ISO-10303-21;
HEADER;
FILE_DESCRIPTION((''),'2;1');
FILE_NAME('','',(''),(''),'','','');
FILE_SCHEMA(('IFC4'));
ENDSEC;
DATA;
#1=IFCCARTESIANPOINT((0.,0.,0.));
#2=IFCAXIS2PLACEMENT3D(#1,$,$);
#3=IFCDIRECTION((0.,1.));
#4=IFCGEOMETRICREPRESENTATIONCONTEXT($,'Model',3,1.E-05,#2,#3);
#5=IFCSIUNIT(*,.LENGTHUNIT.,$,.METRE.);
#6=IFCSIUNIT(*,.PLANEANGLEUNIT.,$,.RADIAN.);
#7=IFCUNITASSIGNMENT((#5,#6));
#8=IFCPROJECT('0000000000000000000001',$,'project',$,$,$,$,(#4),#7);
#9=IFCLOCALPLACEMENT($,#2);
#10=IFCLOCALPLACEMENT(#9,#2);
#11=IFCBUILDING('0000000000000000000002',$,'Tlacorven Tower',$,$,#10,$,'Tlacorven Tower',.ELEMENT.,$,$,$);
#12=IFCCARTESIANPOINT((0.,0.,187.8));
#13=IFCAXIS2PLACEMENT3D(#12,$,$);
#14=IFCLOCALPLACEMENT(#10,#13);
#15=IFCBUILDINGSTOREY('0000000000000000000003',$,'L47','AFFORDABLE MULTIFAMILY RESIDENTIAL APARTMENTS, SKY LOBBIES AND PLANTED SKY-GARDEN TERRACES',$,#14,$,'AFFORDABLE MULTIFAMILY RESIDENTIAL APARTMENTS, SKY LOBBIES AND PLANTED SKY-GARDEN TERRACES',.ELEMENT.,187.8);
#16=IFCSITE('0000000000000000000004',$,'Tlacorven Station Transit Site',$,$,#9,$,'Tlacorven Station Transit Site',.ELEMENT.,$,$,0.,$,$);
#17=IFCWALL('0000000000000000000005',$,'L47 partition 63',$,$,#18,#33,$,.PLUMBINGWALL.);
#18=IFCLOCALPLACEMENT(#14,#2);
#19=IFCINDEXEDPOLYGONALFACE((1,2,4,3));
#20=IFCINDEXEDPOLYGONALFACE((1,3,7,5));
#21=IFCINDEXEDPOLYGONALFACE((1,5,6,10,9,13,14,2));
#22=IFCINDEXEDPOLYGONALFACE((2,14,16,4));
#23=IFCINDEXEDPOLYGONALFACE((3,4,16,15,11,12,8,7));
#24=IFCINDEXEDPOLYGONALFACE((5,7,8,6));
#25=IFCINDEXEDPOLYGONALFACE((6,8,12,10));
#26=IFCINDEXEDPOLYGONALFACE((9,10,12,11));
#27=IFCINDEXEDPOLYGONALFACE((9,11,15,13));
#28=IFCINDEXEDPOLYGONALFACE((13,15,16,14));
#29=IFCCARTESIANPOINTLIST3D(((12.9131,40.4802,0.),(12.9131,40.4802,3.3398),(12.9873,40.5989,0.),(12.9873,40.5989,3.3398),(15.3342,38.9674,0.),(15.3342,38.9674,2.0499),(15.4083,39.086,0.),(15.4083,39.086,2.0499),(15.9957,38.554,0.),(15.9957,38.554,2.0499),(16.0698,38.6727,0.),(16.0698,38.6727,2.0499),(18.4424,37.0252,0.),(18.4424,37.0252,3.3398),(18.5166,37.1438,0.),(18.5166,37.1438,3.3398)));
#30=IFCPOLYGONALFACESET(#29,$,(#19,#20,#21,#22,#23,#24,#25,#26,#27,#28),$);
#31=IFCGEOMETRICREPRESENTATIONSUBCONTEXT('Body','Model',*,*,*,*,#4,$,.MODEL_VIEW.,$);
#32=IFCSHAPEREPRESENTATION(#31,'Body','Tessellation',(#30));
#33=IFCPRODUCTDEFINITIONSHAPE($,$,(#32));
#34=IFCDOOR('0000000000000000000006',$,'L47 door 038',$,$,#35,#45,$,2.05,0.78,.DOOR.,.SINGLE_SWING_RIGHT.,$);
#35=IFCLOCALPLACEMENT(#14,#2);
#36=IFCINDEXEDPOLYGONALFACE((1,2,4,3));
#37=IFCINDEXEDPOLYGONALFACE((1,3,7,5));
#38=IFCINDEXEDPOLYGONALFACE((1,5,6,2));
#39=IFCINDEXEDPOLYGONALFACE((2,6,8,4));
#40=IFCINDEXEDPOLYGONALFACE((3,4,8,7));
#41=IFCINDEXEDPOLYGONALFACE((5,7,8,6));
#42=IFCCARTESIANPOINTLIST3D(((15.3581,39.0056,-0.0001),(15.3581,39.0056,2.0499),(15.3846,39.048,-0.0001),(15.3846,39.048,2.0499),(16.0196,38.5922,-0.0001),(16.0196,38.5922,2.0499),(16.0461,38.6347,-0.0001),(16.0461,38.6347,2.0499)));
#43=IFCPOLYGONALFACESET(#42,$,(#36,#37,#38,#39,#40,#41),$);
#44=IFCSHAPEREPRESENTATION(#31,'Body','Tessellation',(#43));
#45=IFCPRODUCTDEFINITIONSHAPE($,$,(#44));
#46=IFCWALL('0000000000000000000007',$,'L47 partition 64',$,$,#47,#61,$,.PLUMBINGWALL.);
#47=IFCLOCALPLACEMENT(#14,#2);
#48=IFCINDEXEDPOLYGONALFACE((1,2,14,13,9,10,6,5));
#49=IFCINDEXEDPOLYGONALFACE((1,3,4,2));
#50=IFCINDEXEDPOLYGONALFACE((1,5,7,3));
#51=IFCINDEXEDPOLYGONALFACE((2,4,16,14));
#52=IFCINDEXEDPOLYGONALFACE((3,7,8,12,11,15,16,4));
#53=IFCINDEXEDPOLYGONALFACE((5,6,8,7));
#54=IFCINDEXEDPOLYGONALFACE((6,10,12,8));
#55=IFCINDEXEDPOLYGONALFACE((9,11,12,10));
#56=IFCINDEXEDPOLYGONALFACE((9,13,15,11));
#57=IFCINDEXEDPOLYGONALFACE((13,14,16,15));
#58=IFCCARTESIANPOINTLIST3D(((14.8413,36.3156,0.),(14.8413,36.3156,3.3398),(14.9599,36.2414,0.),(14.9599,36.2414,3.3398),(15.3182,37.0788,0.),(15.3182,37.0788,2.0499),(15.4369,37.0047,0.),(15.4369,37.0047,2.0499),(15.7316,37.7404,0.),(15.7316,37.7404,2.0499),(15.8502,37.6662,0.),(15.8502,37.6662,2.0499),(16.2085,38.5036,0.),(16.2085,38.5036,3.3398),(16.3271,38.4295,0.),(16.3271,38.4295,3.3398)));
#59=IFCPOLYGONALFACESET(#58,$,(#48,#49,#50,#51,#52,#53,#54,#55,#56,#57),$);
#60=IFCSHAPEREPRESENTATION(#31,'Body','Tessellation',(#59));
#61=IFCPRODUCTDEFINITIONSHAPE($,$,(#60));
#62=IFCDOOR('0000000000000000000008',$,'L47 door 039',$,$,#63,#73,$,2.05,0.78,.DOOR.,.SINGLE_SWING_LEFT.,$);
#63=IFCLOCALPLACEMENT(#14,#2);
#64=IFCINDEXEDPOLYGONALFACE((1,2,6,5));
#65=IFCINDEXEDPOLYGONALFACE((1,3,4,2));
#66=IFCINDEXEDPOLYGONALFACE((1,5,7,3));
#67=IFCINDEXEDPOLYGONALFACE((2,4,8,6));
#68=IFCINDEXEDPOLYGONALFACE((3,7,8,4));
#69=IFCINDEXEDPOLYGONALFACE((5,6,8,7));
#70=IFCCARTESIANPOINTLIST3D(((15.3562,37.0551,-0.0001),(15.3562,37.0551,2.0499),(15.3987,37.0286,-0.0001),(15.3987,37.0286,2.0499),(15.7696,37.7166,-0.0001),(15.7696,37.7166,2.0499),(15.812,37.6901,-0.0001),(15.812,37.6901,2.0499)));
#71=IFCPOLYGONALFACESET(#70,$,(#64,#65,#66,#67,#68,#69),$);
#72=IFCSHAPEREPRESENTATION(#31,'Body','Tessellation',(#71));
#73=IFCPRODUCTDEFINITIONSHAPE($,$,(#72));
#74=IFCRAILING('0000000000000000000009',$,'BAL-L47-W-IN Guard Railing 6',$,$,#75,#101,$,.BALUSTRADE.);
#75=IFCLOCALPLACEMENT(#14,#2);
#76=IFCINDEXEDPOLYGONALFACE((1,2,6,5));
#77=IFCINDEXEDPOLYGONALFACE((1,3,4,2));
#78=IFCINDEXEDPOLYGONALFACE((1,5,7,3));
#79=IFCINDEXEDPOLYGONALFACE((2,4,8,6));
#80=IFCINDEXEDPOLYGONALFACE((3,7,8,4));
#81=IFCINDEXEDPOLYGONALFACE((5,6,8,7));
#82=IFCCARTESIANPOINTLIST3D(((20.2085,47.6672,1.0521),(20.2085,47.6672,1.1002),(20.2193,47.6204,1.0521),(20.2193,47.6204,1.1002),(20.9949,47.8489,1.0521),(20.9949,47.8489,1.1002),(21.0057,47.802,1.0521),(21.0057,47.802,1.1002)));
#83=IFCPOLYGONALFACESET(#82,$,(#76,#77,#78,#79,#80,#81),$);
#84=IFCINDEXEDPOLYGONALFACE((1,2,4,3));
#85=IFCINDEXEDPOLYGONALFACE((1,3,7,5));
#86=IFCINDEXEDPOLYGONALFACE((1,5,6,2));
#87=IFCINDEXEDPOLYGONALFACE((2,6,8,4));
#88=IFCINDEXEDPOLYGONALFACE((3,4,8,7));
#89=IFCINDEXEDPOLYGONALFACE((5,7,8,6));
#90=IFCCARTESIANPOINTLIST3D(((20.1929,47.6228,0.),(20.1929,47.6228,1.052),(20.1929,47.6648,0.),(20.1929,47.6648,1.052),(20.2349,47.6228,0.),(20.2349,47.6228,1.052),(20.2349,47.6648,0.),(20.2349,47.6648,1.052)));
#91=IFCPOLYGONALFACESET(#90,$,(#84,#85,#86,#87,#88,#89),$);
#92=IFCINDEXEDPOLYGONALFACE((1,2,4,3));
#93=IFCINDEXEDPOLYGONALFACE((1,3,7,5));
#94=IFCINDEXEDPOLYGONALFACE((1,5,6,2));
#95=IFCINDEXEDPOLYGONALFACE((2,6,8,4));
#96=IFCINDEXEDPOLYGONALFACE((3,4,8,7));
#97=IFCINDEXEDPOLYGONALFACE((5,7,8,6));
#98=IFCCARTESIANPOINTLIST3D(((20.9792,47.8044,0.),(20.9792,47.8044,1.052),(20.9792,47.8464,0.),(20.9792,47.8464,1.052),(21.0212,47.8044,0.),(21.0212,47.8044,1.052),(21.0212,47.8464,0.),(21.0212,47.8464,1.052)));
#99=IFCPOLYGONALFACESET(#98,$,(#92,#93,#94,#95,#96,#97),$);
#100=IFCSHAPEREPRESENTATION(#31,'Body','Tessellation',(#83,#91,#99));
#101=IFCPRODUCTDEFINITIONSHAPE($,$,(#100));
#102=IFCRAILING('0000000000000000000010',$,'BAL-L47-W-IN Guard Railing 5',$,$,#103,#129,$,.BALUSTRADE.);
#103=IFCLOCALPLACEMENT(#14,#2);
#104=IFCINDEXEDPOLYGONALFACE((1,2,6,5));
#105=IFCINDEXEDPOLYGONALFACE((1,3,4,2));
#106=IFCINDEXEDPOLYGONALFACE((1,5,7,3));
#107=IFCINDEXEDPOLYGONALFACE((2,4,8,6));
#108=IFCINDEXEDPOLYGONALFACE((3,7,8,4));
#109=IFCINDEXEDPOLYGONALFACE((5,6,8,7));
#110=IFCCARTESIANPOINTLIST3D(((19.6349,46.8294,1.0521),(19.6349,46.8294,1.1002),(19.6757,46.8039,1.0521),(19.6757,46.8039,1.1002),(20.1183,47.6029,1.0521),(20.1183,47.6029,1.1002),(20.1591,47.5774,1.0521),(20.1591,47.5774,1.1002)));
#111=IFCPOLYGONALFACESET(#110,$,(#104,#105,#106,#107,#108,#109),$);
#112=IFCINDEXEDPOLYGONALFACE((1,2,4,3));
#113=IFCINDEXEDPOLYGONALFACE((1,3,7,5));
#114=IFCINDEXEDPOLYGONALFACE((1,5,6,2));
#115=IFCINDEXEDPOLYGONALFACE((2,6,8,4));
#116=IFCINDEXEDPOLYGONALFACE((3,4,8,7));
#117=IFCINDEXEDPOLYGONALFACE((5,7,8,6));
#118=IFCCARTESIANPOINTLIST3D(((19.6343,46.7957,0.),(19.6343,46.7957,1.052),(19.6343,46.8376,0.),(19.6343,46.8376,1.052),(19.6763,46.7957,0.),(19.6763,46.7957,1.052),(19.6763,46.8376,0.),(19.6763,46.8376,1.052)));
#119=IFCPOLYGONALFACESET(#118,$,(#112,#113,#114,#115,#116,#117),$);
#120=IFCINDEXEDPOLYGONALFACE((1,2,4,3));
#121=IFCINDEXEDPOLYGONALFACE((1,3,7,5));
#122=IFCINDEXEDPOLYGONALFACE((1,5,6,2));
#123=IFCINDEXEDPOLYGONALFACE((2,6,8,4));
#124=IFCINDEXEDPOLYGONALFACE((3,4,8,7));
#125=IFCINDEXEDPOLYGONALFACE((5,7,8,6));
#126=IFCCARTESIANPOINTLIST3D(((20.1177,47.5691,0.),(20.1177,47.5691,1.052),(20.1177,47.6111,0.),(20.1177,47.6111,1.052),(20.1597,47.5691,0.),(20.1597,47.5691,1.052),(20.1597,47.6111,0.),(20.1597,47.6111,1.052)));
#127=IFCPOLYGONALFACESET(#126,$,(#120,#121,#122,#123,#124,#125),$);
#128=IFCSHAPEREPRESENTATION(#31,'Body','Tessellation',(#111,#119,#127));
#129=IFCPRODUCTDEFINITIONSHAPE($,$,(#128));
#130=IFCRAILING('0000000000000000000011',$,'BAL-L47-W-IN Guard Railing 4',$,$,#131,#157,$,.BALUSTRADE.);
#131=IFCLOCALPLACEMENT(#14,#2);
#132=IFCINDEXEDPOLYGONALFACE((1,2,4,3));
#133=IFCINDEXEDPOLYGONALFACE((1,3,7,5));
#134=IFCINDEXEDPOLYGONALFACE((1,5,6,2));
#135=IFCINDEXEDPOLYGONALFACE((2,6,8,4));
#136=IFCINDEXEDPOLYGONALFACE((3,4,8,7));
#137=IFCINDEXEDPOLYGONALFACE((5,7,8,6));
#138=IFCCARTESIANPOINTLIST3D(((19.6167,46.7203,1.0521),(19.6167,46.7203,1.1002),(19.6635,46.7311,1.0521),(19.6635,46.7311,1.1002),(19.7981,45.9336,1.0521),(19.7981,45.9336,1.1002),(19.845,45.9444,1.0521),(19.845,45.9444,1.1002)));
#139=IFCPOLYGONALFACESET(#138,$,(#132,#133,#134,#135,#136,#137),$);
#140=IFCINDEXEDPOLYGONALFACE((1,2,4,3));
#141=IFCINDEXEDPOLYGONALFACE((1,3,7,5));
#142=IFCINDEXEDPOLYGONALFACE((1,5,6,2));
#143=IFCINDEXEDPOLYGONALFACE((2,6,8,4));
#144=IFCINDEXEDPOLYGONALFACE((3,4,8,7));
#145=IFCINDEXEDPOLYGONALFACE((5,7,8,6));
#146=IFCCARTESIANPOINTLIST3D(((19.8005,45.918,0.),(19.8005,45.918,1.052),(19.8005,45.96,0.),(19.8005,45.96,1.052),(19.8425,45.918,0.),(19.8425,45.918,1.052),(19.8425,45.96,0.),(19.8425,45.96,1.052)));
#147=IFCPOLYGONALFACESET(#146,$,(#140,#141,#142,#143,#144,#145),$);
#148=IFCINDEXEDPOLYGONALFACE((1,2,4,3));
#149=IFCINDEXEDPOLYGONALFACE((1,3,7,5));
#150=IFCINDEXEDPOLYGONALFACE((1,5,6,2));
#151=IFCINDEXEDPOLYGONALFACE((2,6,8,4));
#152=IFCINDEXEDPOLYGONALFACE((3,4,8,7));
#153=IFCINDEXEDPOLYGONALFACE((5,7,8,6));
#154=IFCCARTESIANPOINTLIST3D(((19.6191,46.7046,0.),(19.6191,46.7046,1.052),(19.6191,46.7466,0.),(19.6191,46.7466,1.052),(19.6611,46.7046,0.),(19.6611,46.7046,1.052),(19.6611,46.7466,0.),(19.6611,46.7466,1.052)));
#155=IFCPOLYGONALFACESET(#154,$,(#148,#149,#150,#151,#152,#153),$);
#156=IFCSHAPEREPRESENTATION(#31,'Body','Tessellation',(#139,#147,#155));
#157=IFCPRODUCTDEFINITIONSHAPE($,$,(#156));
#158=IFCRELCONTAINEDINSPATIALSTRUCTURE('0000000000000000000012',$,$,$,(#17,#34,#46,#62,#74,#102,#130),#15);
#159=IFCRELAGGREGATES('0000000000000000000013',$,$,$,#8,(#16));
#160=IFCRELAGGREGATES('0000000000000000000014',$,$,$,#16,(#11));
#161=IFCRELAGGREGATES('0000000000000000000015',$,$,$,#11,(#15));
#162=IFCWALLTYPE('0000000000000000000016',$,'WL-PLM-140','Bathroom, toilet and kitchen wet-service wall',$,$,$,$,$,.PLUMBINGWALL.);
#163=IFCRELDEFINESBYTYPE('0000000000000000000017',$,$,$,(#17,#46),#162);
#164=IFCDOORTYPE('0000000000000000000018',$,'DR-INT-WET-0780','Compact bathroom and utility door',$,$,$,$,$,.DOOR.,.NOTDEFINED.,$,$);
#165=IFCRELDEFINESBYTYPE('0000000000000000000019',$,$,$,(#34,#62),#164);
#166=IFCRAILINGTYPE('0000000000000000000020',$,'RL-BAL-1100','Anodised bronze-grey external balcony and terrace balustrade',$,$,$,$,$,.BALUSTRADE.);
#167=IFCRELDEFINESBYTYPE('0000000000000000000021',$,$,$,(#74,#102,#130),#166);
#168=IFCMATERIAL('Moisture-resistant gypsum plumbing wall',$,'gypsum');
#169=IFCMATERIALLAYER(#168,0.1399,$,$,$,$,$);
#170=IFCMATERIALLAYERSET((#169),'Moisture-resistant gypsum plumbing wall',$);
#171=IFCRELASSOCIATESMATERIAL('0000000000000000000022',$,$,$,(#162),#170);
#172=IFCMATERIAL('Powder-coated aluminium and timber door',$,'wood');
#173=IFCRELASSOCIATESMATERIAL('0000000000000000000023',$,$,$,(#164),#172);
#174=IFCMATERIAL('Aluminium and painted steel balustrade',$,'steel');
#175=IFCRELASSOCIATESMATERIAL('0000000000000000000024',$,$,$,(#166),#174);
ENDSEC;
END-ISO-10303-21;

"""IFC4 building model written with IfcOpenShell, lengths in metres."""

from ifc_helpers import new_model, si_unit, direction, frame, frame_2d, origin, origin_2d, place, context, subcontext, project, spatial, rectangle, extrude, source, transform, mapped, material, layer, layer_set, type_object, element, fill, save


model = new_model("IFC4")

# Units and contexts
model_context = context("Model", 3, precision=1e-05, world=origin(), true_north=direction((0.0, 1.0)))
body_context = subcontext(model_context, "Body", "Model", "MODEL_VIEW")
ifc_project = project(units=[si_unit("LENGTHUNIT", "METRE"), si_unit("PLANEANGLEUNIT", "RADIAN")], contexts=[model_context])

# Site, building, storey
site_placement = place(None, origin())
site = spatial("IfcSite", under=ifc_project, at=site_placement, Name="Tlacorven Station Transit Site", LongName="Tlacorven Station Transit Site", CompositionType="ELEMENT", RefElevation=0.0)
building_placement = place(site_placement, origin())
building = spatial("IfcBuilding", under=site, at=building_placement, Name="Tlacorven Tower", LongName="Tlacorven Tower", CompositionType="ELEMENT")
storey_placement = place(building_placement, frame((0.0, 0.0, 187.8)))
storey = spatial("IfcBuildingStorey", under=building, at=storey_placement, Name="L47", Description="AFFORDABLE MULTIFAMILY RESIDENTIAL APARTMENTS, SKY LOBBIES AND PLANTED SKY-GARDEN TERRACES", LongName="AFFORDABLE MULTIFAMILY RESIDENTIAL APARTMENTS, SKY LOBBIES AND PLANTED SKY-GARDEN TERRACES", CompositionType="ELEMENT", Elevation=187.8)

# Shared definitions
ifc_material_1 = material(Name="Powder-coated aluminium and timber door", Category="wood")

# Walls, openings, doors
ifc_material_2 = material(Name="Moisture-resistant gypsum plumbing wall", Category="gypsum")
ifc_layer_1 = layer(ifc_material_2, 0.1399)
ifc_layer_set_1 = layer_set([ifc_layer_1], Name="Moisture-resistant gypsum plumbing wall")
wall_type_1 = type_object("IfcWallType", Name="WL-PLM-140", Description="Bathroom, toilet and kitchen wet-service wall", PredefinedType="PLUMBINGWALL", material=ifc_layer_set_1)
wall_1_placement = place(storey_placement, frame((18.4795, 37.0845, 0.0), z_axis=(0.0, 0.0, 1.0), x_axis=(-0.848049, 0.529918, 0.0)))
wall_1 = element("IfcWall", 1, at=wall_1_placement, inside=storey, type_object=wall_type_1, Name="L47 partition 63", PredefinedType="PLUMBINGWALL", context=body_context, shape_type="SweptSolid", body=[
    extrude(rectangle(XDim=6.52, YDim=0.1399, at=frame_2d((3.26, 0.0))), origin(), (0.0, 0.0, 1.0), 3.3398),
])
opening_1_placement = place(wall_1_placement, frame((2.885, 0.0, 0.0)))
opening_1 = element("IfcOpeningElement", 2, at=opening_1_placement, cuts=wall_1, PredefinedType="OPENING", context=body_context, shape_type="SweptSolid", body=[
    extrude(rectangle(XDim=0.78, YDim=2.05, at=frame_2d((0.3901, 1.0249))), frame((0.0, 0.0801, 0.0), z_axis=(0.0, -1.0, 0.0), x_axis=(1.0, 0.0, 0.0)), (0.0, 0.0, 1.0), 0.1599),
])
door_type_1 = type_object("IfcDoorType", Name="DR-INT-WET-0780", Description="Compact bathroom and utility door", OperationType="NOTDEFINED", PredefinedType="DOOR", material=ifc_material_1)
shared_shape_1 = source(origin(), body_context, "Body", "SweptSolid", [
    extrude(rectangle(XDim=0.78, YDim=2.05, at=frame_2d((0.3901, 1.0249))), frame((0.0, 0.0249, 0.0), z_axis=(0.0, -1.0, 0.0), x_axis=(1.0, 0.0, 0.0)), (0.0, 0.0, 1.0), 0.05),
])
door_1_placement = place(opening_1_placement, origin())
door_1 = element("IfcDoor", 3, at=door_1_placement, inside=storey, type_object=door_type_1, Name="L47 door 038", OperationType="SINGLE_SWING_RIGHT", OverallHeight=2.05, OverallWidth=0.78, PredefinedType="DOOR", context=body_context, shape_type="MappedRepresentation", body=[
    mapped(shared_shape_1, transform((0.0, 0.0, 0.0), scale=1.0)),
])
fill(opening_1, door_1)
wall_2_placement = place(storey_placement, frame((16.2678, 38.4666, 0.0), z_axis=(0.0, 0.0, 1.0), x_axis=(-0.529914, -0.848051, 0.0)))
wall_2 = element("IfcWall", 4, at=wall_2_placement, inside=storey, type_object=wall_type_1, Name="L47 partition 64", PredefinedType="PLUMBINGWALL", context=body_context, shape_type="SweptSolid", body=[
    extrude(rectangle(XDim=2.5801, YDim=0.1399, at=frame_2d((1.29, 0.0))), origin(), (0.0, 0.0, 1.0), 3.3398),
])
opening_2_placement = place(wall_2_placement, frame((0.8999, 0.0, 0.0)))
opening_2 = element("IfcOpeningElement", 5, at=opening_2_placement, cuts=wall_2, PredefinedType="OPENING", context=body_context, shape_type="SweptSolid", body=[
    extrude(rectangle(XDim=0.78, YDim=2.05, at=frame_2d((0.3901, 1.0249))), frame((0.0, 0.0801, 0.0), z_axis=(0.0, -1.0, 0.0), x_axis=(1.0, 0.0, 0.0)), (0.0, 0.0, 1.0), 0.1599),
])
door_2_placement = place(opening_2_placement, origin())
door_2 = element("IfcDoor", 6, at=door_2_placement, inside=storey, type_object=door_type_1, Name="L47 door 039", OperationType="SINGLE_SWING_LEFT", OverallHeight=2.05, OverallWidth=0.78, PredefinedType="DOOR", context=body_context, shape_type="MappedRepresentation", body=[
    mapped(shared_shape_1, transform((0.0, 0.0, 0.0), scale=1.0)),
])
fill(opening_2, door_2)

# Railings
ifc_material_3 = material(Name="Aluminium and painted steel balustrade", Category="steel")
railing_type = type_object("IfcRailingType", Name="RL-BAL-1100", Description="Anodised bronze-grey external balcony and terrace balustrade", PredefinedType="BALUSTRADE", material=ifc_material_3)
shared_shape_2 = source(origin(), body_context, "Body", "SweptSolid", [
    extrude(rectangle(XDim=0.0481, YDim=0.0481, at=origin_2d()), frame((0.0, 0.0, 1.0762), z_axis=(0.974345, 0.225058, 0.0), x_axis=(-0.225058, 0.974345, 0.0)), (0.0, 0.0, 1.0), 0.8071),
    extrude(rectangle(XDim=0.042, YDim=0.042, at=origin_2d()), origin(), (0.0, 0.0, 1.0), 1.052),
    extrude(rectangle(XDim=0.042, YDim=0.042, at=origin_2d()), frame((0.7864, 0.1816, 0.0)), (0.0, 0.0, 1.0), 1.052),
])
railing_1_placement = place(storey_placement, frame((20.2139, 47.6438, 0.0)))
element("IfcRailing", 7, at=railing_1_placement, inside=storey, type_object=railing_type, Name="BAL-L47-W-IN Guard Railing 6", PredefinedType="BALUSTRADE", context=body_context, shape_type="MappedRepresentation", body=[
    mapped(shared_shape_2, transform((0.0, 0.0, 0.0), scale=1.0)),
])
shared_shape_3 = source(origin(), body_context, "Body", "SweptSolid", [
    extrude(rectangle(XDim=0.0481, YDim=0.0481, at=origin_2d()), frame((0.0, 0.0, 1.0762), z_axis=(0.529999, 0.847998, 0.0), x_axis=(-0.847998, 0.529999, 0.0)), (0.0, 0.0, 1.0), 0.9121),
    extrude(rectangle(XDim=0.042, YDim=0.042, at=origin_2d()), origin(), (0.0, 0.0, 1.0), 1.052),
    extrude(rectangle(XDim=0.042, YDim=0.042, at=origin_2d()), frame((0.4834, 0.7734, 0.0)), (0.0, 0.0, 1.0), 1.052),
])
railing_2_placement = place(storey_placement, frame((19.6553, 46.8167, 0.0)))
element("IfcRailing", 8, at=railing_2_placement, inside=storey, type_object=railing_type, Name="BAL-L47-W-IN Guard Railing 5", PredefinedType="BALUSTRADE", context=body_context, shape_type="MappedRepresentation", body=[
    mapped(shared_shape_3, transform((0.0, 0.0, 0.0), scale=1.0)),
])
shared_shape_4 = source(origin(), body_context, "Body", "SweptSolid", [
    extrude(rectangle(XDim=0.0481, YDim=0.0481, at=origin_2d()), frame((0.0, 0.0, 1.0762), z_axis=(-0.224705, 0.974427, 0.0), x_axis=(-0.974427, -0.224705, 0.0)), (0.0, 0.0, 1.0), 0.8074),
    extrude(rectangle(XDim=0.042, YDim=0.042, at=origin_2d()), origin(), (0.0, 0.0, 1.0), 1.052),
    extrude(rectangle(XDim=0.042, YDim=0.042, at=origin_2d()), frame((-0.1814, 0.7866, 0.0)), (0.0, 0.0, 1.0), 1.052),
])
railing_3_placement = place(storey_placement, frame((19.8215, 45.939, 0.0)))
element("IfcRailing", 9, at=railing_3_placement, inside=storey, type_object=railing_type, Name="BAL-L47-W-IN Guard Railing 4", PredefinedType="BALUSTRADE", context=body_context, shape_type="MappedRepresentation", body=[
    mapped(shared_shape_4, transform((0.0, 0.0, 0.0), scale=1.0)),
])

save(model, "model.ifc")
